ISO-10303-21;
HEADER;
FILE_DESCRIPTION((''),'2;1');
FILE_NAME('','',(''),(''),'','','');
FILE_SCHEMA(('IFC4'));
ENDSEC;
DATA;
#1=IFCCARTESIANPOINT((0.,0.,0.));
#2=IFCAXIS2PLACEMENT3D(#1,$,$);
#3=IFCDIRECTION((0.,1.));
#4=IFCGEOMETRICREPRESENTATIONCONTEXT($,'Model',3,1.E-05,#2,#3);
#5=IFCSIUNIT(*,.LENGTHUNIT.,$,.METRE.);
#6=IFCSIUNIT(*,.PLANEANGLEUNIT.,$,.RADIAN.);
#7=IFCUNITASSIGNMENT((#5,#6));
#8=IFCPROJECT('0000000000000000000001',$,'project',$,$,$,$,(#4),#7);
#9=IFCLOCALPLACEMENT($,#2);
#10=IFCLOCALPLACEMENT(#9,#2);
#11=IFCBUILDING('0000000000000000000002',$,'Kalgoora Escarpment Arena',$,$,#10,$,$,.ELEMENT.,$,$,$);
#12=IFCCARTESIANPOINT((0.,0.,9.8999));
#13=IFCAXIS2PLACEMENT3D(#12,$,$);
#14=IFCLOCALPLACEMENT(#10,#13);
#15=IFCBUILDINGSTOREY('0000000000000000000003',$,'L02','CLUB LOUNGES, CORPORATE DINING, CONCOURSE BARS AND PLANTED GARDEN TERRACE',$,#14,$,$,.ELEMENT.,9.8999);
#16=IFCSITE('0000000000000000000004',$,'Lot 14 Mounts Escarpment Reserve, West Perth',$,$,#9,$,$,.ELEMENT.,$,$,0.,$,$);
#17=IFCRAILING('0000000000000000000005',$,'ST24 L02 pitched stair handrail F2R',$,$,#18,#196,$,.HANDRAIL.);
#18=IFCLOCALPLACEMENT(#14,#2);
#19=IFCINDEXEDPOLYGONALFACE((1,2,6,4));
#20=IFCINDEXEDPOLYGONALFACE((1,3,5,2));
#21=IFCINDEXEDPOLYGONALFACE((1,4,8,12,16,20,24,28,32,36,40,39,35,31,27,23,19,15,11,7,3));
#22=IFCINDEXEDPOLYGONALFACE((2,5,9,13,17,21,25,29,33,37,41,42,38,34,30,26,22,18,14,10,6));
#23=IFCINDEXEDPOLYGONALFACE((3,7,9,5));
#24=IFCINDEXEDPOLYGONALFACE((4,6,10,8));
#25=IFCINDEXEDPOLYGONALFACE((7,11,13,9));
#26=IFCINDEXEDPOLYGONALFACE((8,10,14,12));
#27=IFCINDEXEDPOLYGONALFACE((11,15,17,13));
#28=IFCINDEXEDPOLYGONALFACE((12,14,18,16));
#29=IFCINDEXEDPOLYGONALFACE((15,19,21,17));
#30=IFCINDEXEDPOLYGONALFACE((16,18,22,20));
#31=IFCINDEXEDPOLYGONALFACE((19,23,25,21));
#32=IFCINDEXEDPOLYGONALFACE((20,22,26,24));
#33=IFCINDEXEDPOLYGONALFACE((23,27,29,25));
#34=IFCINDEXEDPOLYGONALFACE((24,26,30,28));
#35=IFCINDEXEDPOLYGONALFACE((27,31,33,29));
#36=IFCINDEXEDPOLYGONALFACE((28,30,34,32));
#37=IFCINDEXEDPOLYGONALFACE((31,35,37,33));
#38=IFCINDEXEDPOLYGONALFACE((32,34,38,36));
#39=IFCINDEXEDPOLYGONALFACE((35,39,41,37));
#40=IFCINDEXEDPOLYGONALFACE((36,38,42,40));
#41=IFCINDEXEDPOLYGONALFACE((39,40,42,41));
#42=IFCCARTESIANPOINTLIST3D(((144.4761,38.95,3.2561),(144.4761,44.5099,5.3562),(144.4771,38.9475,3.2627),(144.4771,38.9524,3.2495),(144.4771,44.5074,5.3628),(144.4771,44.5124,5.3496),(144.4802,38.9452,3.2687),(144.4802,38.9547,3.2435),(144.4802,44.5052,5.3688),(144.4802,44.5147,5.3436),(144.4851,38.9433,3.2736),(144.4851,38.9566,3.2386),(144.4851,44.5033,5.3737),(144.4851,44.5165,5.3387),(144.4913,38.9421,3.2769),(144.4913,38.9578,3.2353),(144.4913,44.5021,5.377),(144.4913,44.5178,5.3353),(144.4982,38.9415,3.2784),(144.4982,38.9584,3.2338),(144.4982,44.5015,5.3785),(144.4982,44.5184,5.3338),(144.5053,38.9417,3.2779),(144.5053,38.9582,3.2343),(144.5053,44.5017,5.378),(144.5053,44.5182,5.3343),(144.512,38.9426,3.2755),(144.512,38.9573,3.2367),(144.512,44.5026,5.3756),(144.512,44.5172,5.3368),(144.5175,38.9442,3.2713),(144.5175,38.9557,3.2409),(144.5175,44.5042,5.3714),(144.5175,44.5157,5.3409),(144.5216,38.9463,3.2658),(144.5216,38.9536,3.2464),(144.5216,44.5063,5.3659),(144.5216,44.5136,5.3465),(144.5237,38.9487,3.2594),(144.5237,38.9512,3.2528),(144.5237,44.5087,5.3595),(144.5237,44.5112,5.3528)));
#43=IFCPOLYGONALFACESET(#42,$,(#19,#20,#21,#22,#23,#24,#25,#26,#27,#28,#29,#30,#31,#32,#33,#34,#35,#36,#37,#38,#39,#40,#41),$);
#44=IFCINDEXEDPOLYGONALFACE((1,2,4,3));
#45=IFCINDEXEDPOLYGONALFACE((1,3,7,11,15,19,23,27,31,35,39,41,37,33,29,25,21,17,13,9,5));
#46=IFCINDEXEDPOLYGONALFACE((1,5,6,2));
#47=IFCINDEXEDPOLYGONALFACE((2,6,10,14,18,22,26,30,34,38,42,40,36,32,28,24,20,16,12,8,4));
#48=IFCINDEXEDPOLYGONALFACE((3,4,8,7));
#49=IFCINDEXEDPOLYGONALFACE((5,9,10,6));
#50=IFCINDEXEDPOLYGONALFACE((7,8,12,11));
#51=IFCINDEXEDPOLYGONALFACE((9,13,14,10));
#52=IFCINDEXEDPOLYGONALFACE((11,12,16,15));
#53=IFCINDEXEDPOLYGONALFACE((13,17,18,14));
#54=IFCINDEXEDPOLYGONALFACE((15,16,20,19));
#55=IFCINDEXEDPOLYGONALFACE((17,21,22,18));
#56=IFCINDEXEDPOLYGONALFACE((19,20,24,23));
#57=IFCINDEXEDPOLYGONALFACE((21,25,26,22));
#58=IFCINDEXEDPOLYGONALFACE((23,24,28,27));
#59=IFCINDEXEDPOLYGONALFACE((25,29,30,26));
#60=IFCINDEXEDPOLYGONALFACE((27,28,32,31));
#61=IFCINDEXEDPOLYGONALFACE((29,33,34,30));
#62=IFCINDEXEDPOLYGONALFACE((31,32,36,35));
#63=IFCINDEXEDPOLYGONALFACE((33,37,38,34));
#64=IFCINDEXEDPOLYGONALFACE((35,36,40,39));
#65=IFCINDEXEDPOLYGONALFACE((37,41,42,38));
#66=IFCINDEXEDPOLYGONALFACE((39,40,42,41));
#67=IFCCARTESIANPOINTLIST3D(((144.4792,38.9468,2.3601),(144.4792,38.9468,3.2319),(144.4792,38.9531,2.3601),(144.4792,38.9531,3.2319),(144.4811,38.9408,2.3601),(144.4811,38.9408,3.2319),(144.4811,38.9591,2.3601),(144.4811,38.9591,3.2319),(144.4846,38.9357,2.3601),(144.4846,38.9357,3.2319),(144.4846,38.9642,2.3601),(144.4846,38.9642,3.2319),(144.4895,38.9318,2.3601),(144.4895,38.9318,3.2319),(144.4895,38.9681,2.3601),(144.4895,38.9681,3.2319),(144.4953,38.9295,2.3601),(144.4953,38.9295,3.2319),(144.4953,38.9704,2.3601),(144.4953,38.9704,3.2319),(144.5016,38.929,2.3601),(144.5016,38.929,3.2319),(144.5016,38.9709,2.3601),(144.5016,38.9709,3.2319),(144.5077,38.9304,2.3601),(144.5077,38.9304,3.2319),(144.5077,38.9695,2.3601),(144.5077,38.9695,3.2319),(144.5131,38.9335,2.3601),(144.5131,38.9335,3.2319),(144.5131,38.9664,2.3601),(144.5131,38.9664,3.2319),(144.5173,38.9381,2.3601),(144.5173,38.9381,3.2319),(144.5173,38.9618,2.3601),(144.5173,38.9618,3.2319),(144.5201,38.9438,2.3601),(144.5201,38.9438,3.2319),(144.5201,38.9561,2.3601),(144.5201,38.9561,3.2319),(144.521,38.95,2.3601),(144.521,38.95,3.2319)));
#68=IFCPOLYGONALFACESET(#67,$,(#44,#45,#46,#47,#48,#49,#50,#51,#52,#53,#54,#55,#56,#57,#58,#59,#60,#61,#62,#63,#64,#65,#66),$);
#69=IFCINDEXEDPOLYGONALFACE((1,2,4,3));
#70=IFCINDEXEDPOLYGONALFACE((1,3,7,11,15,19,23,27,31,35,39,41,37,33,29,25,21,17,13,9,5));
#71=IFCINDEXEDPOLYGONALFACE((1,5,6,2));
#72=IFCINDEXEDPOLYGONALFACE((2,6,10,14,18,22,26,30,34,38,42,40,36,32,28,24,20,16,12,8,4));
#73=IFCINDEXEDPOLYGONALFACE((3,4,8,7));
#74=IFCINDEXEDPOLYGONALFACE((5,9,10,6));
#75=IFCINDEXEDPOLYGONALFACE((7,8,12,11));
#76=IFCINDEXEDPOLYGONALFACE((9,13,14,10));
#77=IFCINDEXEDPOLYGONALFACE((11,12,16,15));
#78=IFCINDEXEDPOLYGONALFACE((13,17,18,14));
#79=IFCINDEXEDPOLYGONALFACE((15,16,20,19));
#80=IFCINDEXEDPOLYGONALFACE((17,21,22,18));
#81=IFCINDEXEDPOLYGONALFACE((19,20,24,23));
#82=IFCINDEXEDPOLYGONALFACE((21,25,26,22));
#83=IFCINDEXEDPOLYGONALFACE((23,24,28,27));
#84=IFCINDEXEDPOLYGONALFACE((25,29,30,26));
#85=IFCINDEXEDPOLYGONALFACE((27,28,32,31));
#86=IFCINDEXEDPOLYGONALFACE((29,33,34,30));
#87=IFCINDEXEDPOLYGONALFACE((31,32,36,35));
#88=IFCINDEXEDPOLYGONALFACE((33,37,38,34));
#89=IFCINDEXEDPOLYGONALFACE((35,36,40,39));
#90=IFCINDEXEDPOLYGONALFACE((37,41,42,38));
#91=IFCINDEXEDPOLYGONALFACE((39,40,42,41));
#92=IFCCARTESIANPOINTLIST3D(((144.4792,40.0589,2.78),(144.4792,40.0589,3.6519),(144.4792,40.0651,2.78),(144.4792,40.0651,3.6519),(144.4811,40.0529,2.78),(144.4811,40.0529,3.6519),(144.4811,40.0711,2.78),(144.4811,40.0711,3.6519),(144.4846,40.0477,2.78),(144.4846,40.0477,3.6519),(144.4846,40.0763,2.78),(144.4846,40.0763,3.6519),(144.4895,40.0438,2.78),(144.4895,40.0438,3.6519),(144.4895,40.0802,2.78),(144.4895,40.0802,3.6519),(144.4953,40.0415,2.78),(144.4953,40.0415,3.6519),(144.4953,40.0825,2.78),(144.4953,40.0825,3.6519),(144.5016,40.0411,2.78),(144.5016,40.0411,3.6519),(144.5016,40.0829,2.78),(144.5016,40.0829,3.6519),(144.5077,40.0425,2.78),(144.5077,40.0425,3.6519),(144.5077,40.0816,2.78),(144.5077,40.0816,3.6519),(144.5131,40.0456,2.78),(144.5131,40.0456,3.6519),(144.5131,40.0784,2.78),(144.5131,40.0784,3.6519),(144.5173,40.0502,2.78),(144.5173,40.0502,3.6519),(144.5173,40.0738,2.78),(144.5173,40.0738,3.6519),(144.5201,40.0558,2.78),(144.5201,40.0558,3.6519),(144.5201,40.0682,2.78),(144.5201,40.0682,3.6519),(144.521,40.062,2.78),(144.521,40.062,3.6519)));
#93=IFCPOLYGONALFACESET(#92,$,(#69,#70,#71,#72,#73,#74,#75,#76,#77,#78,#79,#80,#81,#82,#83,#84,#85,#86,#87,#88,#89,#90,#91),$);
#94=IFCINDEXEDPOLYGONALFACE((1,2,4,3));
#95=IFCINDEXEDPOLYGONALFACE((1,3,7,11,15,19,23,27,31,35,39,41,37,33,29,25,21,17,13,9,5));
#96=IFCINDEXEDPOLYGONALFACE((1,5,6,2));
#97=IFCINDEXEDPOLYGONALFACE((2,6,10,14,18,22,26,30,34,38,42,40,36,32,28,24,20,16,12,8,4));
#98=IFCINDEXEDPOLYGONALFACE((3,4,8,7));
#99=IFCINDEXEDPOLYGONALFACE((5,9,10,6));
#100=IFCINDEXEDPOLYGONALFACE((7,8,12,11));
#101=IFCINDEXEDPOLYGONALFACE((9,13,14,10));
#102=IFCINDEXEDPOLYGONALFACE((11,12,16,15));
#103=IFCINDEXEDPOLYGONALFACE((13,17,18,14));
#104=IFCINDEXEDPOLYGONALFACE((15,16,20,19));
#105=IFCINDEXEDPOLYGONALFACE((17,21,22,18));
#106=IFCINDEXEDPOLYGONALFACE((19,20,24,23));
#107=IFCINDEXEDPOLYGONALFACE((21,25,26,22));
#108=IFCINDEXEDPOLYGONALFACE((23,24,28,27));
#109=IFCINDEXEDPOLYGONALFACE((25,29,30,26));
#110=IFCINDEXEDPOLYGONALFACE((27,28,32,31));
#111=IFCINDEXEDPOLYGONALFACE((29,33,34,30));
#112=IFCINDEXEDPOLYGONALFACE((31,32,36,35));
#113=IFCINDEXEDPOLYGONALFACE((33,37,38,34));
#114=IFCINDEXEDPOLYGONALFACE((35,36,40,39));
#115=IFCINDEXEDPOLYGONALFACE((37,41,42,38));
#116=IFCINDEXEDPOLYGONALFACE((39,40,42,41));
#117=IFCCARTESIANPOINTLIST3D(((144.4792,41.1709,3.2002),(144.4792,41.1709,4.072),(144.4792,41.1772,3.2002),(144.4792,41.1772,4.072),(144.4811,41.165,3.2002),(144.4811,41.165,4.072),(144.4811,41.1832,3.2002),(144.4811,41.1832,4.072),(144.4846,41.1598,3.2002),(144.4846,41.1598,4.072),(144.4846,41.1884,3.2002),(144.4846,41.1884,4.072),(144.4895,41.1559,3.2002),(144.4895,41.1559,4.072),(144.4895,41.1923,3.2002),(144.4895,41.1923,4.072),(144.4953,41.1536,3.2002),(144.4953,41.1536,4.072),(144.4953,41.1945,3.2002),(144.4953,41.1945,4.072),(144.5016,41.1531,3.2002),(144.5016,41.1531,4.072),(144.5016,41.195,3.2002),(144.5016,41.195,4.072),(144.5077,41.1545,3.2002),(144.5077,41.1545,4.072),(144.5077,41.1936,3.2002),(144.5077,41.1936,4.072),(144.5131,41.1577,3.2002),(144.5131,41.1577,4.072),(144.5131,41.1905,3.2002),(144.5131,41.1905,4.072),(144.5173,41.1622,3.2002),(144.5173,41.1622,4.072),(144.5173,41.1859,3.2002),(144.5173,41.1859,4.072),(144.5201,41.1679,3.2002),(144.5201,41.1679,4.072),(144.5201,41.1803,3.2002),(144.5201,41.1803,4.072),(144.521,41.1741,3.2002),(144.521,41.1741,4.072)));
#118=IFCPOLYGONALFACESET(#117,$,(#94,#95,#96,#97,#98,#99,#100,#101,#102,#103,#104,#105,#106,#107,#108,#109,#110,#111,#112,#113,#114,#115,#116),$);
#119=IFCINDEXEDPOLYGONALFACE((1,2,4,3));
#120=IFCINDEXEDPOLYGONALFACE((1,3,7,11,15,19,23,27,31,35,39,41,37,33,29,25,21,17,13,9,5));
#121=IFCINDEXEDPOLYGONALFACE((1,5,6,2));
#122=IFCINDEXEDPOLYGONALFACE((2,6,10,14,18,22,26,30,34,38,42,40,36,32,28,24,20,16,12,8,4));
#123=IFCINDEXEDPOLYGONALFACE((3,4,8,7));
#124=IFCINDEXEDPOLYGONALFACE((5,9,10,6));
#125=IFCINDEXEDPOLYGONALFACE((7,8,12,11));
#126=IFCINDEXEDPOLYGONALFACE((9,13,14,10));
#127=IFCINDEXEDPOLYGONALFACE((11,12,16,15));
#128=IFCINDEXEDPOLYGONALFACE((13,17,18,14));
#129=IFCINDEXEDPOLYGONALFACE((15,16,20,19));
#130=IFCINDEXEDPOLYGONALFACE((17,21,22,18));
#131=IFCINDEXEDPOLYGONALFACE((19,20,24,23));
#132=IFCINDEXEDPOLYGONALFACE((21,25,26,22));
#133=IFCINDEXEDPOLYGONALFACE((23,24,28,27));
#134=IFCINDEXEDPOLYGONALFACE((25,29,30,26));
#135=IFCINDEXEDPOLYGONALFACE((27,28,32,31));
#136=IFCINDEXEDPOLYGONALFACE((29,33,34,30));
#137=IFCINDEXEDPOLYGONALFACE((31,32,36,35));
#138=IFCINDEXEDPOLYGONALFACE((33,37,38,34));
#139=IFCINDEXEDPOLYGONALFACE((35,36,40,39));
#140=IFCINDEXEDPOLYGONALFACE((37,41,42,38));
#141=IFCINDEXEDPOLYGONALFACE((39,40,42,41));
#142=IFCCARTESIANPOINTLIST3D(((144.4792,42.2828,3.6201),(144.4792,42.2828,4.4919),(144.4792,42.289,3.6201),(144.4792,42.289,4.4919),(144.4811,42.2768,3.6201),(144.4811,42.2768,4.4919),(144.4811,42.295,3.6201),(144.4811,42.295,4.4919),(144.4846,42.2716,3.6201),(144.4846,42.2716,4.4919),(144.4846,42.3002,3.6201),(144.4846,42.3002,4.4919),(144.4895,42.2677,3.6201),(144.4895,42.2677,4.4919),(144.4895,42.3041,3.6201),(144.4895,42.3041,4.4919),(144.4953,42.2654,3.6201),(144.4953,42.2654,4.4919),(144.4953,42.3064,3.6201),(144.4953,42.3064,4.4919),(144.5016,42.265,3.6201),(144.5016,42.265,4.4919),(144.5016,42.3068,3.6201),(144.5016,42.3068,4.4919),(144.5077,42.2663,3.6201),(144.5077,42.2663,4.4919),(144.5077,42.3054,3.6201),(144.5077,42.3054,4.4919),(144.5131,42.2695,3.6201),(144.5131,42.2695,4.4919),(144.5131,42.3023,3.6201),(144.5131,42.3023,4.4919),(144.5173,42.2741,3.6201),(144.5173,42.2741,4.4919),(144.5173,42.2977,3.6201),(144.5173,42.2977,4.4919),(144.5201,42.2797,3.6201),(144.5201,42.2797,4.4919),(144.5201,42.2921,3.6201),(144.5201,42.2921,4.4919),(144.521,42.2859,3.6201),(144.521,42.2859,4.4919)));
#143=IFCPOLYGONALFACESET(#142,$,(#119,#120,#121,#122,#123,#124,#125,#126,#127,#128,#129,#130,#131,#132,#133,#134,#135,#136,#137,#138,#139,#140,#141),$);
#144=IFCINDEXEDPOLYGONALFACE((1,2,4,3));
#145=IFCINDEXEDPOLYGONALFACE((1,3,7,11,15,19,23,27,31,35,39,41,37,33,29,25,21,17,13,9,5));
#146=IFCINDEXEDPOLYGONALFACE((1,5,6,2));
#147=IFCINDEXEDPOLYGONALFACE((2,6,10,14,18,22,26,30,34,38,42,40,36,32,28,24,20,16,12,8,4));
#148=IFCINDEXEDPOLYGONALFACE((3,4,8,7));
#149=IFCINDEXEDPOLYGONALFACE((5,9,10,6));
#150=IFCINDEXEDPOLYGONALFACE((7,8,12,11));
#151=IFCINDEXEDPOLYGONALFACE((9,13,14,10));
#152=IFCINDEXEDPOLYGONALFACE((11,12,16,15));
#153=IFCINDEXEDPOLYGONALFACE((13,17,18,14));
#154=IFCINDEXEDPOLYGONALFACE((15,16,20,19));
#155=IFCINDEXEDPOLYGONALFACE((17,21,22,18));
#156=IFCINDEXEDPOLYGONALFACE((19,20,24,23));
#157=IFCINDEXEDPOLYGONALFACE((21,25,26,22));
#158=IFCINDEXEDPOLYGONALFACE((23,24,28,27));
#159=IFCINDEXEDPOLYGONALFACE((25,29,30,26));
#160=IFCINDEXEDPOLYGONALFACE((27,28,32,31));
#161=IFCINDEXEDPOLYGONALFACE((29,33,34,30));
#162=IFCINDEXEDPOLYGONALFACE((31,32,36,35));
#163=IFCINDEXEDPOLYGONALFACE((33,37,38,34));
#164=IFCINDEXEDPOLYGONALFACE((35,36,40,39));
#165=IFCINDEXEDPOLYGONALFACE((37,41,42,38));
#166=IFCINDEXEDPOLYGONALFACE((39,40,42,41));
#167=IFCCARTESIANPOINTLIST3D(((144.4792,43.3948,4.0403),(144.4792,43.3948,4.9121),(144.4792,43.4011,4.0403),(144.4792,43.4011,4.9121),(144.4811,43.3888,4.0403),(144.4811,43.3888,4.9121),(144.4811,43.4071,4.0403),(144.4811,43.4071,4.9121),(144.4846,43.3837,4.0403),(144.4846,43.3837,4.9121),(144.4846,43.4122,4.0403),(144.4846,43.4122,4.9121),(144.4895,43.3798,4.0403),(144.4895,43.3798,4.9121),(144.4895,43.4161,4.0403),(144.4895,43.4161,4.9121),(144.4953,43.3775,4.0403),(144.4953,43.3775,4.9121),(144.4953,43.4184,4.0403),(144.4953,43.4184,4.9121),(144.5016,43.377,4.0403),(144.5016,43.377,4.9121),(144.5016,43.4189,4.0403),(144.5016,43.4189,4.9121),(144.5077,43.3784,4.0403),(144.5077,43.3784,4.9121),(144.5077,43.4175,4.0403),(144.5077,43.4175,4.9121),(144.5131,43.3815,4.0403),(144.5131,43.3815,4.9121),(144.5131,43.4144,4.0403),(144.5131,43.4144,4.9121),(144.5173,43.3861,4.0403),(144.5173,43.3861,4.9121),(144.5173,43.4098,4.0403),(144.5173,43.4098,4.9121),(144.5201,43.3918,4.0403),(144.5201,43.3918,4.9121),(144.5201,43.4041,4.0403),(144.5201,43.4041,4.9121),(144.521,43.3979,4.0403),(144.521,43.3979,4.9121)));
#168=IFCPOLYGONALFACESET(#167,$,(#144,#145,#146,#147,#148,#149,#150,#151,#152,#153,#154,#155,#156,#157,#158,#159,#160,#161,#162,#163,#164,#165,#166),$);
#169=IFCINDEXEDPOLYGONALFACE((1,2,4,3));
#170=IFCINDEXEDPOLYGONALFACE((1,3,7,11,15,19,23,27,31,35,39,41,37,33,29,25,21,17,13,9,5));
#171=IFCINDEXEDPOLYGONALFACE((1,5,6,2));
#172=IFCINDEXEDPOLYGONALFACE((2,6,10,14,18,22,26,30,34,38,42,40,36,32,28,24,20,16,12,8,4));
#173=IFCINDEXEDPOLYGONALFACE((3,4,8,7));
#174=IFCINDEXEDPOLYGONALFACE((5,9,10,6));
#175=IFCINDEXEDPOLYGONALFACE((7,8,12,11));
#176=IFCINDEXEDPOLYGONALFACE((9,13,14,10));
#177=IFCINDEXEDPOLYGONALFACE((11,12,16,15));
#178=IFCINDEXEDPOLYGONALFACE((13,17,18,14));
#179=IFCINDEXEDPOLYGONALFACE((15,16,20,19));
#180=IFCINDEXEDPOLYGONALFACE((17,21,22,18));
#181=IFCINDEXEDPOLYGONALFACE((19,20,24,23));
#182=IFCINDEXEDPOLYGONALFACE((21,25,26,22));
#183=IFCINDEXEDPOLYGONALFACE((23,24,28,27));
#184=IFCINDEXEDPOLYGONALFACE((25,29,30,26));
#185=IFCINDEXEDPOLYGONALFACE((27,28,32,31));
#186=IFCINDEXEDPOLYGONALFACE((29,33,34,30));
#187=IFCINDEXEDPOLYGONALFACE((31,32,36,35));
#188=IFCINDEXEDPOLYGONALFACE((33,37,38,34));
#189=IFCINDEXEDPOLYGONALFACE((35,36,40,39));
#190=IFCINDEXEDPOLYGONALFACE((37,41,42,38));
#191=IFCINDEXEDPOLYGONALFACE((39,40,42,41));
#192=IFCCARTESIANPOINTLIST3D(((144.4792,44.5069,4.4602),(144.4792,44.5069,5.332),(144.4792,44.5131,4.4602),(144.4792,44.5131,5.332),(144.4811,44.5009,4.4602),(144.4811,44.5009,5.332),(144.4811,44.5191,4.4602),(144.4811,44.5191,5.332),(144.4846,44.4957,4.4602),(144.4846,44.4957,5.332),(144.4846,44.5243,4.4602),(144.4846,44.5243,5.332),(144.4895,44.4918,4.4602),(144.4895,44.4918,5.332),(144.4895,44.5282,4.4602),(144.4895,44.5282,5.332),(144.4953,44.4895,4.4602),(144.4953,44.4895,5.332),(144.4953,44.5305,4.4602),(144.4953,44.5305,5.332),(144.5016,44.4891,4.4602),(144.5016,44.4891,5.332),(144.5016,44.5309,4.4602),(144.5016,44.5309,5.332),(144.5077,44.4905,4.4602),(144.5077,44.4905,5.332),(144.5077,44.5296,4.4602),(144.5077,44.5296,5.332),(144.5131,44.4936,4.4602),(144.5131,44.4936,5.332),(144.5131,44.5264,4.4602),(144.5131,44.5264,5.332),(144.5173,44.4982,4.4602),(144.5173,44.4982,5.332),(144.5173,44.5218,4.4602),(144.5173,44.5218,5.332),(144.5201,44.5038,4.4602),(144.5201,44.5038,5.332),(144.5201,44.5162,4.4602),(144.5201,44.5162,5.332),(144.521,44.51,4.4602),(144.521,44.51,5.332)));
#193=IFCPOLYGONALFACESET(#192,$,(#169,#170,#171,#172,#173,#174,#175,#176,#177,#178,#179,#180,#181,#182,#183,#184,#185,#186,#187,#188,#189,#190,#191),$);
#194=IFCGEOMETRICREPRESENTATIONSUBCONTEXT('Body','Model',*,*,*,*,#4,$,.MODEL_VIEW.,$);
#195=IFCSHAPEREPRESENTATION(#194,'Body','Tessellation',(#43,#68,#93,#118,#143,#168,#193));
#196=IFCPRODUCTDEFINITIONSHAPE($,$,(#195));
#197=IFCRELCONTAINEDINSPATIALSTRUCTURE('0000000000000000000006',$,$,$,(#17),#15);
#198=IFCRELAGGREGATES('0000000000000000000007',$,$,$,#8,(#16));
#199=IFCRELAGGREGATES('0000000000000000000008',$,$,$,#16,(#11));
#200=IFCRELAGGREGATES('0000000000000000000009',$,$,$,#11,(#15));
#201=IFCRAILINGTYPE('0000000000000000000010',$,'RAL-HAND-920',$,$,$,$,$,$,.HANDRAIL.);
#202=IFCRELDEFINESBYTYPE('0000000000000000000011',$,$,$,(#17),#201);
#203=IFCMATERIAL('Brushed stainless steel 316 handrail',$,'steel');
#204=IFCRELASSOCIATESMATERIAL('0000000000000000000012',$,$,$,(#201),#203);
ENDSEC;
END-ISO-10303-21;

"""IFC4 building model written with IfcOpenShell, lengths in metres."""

from ifc_helpers import new_model, si_unit, direction, frame, origin, origin_2d, place, context, subcontext, project, spatial, circle, extrude, material, type_object, element, save


model = new_model("IFC4")

# Units and contexts
model_context = context("Model", 3, precision=1e-05, world=origin(), true_north=direction((0.0, 1.0)))
body_context = subcontext(model_context, "Body", "Model", "MODEL_VIEW")
ifc_project = project(units=[si_unit("LENGTHUNIT", "METRE"), si_unit("PLANEANGLEUNIT", "RADIAN")], contexts=[model_context])

# Site, building, storey
site_placement = place(None, origin())
site = spatial("IfcSite", under=ifc_project, at=site_placement, Name="Lot 14 Mounts Escarpment Reserve, West Perth", CompositionType="ELEMENT", RefElevation=0.0)
building_placement = place(site_placement, origin())
building = spatial("IfcBuilding", under=site, at=building_placement, Name="Kalgoora Escarpment Arena", CompositionType="ELEMENT")
storey_placement = place(building_placement, frame((0.0, 0.0, 9.8999)))
storey = spatial("IfcBuildingStorey", under=building, at=storey_placement, Name="L02", Description="CLUB LOUNGES, CORPORATE DINING, CONCOURSE BARS AND PLANTED GARDEN TERRACE", CompositionType="ELEMENT", Elevation=9.8999)

# Railing
ifc_material_1 = material(Name="Brushed stainless steel 316 handrail", Category="steel")
railing_type_1 = type_object("IfcRailingType", Name="RAL-HAND-920", PredefinedType="HANDRAIL", material=ifc_material_1)
for number, where, name in (
    (1, (144.5, 38.95, 2.3601), "ST24 L02 pitched stair handrail F2R"),
):
    element("IfcRailing", number, at=place(storey_placement, frame(where)), inside=storey, type_object=railing_type_1, Name=name, PredefinedType="HANDRAIL", context=body_context, shape_type="SweptSolid", body=[
        extrude(circle(Radius=0.0239, at=origin_2d()), frame((0.0, 0.0, 0.896), z_axis=(0.0, 0.935493, 0.353346), x_axis=(-1.0, 0.0, 0.0)), (0.0, 0.0, 1.0), 5.9434),
        extrude(circle(Radius=0.021, at=origin_2d()), origin(), (0.0, 0.0, 1.0), 0.8718),
        extrude(circle(Radius=0.021, at=origin_2d()), frame((0.0, 1.1121, 0.4199)), (0.0, 0.0, 1.0), 0.8718),
        extrude(circle(Radius=0.021, at=origin_2d()), frame((0.0, 2.2241, 0.8401)), (0.0, 0.0, 1.0), 0.8718),
        extrude(circle(Radius=0.021, at=origin_2d()), frame((0.0, 3.3359, 1.26)), (0.0, 0.0, 1.0), 0.8718),
        extrude(circle(Radius=0.021, at=origin_2d()), frame((0.0, 4.448, 1.6802)), (0.0, 0.0, 1.0), 0.8718),
        extrude(circle(Radius=0.021, at=origin_2d()), frame((0.0, 5.5601, 2.1001)), (0.0, 0.0, 1.0), 0.8718),
    ])

save(model, "model.ifc")
